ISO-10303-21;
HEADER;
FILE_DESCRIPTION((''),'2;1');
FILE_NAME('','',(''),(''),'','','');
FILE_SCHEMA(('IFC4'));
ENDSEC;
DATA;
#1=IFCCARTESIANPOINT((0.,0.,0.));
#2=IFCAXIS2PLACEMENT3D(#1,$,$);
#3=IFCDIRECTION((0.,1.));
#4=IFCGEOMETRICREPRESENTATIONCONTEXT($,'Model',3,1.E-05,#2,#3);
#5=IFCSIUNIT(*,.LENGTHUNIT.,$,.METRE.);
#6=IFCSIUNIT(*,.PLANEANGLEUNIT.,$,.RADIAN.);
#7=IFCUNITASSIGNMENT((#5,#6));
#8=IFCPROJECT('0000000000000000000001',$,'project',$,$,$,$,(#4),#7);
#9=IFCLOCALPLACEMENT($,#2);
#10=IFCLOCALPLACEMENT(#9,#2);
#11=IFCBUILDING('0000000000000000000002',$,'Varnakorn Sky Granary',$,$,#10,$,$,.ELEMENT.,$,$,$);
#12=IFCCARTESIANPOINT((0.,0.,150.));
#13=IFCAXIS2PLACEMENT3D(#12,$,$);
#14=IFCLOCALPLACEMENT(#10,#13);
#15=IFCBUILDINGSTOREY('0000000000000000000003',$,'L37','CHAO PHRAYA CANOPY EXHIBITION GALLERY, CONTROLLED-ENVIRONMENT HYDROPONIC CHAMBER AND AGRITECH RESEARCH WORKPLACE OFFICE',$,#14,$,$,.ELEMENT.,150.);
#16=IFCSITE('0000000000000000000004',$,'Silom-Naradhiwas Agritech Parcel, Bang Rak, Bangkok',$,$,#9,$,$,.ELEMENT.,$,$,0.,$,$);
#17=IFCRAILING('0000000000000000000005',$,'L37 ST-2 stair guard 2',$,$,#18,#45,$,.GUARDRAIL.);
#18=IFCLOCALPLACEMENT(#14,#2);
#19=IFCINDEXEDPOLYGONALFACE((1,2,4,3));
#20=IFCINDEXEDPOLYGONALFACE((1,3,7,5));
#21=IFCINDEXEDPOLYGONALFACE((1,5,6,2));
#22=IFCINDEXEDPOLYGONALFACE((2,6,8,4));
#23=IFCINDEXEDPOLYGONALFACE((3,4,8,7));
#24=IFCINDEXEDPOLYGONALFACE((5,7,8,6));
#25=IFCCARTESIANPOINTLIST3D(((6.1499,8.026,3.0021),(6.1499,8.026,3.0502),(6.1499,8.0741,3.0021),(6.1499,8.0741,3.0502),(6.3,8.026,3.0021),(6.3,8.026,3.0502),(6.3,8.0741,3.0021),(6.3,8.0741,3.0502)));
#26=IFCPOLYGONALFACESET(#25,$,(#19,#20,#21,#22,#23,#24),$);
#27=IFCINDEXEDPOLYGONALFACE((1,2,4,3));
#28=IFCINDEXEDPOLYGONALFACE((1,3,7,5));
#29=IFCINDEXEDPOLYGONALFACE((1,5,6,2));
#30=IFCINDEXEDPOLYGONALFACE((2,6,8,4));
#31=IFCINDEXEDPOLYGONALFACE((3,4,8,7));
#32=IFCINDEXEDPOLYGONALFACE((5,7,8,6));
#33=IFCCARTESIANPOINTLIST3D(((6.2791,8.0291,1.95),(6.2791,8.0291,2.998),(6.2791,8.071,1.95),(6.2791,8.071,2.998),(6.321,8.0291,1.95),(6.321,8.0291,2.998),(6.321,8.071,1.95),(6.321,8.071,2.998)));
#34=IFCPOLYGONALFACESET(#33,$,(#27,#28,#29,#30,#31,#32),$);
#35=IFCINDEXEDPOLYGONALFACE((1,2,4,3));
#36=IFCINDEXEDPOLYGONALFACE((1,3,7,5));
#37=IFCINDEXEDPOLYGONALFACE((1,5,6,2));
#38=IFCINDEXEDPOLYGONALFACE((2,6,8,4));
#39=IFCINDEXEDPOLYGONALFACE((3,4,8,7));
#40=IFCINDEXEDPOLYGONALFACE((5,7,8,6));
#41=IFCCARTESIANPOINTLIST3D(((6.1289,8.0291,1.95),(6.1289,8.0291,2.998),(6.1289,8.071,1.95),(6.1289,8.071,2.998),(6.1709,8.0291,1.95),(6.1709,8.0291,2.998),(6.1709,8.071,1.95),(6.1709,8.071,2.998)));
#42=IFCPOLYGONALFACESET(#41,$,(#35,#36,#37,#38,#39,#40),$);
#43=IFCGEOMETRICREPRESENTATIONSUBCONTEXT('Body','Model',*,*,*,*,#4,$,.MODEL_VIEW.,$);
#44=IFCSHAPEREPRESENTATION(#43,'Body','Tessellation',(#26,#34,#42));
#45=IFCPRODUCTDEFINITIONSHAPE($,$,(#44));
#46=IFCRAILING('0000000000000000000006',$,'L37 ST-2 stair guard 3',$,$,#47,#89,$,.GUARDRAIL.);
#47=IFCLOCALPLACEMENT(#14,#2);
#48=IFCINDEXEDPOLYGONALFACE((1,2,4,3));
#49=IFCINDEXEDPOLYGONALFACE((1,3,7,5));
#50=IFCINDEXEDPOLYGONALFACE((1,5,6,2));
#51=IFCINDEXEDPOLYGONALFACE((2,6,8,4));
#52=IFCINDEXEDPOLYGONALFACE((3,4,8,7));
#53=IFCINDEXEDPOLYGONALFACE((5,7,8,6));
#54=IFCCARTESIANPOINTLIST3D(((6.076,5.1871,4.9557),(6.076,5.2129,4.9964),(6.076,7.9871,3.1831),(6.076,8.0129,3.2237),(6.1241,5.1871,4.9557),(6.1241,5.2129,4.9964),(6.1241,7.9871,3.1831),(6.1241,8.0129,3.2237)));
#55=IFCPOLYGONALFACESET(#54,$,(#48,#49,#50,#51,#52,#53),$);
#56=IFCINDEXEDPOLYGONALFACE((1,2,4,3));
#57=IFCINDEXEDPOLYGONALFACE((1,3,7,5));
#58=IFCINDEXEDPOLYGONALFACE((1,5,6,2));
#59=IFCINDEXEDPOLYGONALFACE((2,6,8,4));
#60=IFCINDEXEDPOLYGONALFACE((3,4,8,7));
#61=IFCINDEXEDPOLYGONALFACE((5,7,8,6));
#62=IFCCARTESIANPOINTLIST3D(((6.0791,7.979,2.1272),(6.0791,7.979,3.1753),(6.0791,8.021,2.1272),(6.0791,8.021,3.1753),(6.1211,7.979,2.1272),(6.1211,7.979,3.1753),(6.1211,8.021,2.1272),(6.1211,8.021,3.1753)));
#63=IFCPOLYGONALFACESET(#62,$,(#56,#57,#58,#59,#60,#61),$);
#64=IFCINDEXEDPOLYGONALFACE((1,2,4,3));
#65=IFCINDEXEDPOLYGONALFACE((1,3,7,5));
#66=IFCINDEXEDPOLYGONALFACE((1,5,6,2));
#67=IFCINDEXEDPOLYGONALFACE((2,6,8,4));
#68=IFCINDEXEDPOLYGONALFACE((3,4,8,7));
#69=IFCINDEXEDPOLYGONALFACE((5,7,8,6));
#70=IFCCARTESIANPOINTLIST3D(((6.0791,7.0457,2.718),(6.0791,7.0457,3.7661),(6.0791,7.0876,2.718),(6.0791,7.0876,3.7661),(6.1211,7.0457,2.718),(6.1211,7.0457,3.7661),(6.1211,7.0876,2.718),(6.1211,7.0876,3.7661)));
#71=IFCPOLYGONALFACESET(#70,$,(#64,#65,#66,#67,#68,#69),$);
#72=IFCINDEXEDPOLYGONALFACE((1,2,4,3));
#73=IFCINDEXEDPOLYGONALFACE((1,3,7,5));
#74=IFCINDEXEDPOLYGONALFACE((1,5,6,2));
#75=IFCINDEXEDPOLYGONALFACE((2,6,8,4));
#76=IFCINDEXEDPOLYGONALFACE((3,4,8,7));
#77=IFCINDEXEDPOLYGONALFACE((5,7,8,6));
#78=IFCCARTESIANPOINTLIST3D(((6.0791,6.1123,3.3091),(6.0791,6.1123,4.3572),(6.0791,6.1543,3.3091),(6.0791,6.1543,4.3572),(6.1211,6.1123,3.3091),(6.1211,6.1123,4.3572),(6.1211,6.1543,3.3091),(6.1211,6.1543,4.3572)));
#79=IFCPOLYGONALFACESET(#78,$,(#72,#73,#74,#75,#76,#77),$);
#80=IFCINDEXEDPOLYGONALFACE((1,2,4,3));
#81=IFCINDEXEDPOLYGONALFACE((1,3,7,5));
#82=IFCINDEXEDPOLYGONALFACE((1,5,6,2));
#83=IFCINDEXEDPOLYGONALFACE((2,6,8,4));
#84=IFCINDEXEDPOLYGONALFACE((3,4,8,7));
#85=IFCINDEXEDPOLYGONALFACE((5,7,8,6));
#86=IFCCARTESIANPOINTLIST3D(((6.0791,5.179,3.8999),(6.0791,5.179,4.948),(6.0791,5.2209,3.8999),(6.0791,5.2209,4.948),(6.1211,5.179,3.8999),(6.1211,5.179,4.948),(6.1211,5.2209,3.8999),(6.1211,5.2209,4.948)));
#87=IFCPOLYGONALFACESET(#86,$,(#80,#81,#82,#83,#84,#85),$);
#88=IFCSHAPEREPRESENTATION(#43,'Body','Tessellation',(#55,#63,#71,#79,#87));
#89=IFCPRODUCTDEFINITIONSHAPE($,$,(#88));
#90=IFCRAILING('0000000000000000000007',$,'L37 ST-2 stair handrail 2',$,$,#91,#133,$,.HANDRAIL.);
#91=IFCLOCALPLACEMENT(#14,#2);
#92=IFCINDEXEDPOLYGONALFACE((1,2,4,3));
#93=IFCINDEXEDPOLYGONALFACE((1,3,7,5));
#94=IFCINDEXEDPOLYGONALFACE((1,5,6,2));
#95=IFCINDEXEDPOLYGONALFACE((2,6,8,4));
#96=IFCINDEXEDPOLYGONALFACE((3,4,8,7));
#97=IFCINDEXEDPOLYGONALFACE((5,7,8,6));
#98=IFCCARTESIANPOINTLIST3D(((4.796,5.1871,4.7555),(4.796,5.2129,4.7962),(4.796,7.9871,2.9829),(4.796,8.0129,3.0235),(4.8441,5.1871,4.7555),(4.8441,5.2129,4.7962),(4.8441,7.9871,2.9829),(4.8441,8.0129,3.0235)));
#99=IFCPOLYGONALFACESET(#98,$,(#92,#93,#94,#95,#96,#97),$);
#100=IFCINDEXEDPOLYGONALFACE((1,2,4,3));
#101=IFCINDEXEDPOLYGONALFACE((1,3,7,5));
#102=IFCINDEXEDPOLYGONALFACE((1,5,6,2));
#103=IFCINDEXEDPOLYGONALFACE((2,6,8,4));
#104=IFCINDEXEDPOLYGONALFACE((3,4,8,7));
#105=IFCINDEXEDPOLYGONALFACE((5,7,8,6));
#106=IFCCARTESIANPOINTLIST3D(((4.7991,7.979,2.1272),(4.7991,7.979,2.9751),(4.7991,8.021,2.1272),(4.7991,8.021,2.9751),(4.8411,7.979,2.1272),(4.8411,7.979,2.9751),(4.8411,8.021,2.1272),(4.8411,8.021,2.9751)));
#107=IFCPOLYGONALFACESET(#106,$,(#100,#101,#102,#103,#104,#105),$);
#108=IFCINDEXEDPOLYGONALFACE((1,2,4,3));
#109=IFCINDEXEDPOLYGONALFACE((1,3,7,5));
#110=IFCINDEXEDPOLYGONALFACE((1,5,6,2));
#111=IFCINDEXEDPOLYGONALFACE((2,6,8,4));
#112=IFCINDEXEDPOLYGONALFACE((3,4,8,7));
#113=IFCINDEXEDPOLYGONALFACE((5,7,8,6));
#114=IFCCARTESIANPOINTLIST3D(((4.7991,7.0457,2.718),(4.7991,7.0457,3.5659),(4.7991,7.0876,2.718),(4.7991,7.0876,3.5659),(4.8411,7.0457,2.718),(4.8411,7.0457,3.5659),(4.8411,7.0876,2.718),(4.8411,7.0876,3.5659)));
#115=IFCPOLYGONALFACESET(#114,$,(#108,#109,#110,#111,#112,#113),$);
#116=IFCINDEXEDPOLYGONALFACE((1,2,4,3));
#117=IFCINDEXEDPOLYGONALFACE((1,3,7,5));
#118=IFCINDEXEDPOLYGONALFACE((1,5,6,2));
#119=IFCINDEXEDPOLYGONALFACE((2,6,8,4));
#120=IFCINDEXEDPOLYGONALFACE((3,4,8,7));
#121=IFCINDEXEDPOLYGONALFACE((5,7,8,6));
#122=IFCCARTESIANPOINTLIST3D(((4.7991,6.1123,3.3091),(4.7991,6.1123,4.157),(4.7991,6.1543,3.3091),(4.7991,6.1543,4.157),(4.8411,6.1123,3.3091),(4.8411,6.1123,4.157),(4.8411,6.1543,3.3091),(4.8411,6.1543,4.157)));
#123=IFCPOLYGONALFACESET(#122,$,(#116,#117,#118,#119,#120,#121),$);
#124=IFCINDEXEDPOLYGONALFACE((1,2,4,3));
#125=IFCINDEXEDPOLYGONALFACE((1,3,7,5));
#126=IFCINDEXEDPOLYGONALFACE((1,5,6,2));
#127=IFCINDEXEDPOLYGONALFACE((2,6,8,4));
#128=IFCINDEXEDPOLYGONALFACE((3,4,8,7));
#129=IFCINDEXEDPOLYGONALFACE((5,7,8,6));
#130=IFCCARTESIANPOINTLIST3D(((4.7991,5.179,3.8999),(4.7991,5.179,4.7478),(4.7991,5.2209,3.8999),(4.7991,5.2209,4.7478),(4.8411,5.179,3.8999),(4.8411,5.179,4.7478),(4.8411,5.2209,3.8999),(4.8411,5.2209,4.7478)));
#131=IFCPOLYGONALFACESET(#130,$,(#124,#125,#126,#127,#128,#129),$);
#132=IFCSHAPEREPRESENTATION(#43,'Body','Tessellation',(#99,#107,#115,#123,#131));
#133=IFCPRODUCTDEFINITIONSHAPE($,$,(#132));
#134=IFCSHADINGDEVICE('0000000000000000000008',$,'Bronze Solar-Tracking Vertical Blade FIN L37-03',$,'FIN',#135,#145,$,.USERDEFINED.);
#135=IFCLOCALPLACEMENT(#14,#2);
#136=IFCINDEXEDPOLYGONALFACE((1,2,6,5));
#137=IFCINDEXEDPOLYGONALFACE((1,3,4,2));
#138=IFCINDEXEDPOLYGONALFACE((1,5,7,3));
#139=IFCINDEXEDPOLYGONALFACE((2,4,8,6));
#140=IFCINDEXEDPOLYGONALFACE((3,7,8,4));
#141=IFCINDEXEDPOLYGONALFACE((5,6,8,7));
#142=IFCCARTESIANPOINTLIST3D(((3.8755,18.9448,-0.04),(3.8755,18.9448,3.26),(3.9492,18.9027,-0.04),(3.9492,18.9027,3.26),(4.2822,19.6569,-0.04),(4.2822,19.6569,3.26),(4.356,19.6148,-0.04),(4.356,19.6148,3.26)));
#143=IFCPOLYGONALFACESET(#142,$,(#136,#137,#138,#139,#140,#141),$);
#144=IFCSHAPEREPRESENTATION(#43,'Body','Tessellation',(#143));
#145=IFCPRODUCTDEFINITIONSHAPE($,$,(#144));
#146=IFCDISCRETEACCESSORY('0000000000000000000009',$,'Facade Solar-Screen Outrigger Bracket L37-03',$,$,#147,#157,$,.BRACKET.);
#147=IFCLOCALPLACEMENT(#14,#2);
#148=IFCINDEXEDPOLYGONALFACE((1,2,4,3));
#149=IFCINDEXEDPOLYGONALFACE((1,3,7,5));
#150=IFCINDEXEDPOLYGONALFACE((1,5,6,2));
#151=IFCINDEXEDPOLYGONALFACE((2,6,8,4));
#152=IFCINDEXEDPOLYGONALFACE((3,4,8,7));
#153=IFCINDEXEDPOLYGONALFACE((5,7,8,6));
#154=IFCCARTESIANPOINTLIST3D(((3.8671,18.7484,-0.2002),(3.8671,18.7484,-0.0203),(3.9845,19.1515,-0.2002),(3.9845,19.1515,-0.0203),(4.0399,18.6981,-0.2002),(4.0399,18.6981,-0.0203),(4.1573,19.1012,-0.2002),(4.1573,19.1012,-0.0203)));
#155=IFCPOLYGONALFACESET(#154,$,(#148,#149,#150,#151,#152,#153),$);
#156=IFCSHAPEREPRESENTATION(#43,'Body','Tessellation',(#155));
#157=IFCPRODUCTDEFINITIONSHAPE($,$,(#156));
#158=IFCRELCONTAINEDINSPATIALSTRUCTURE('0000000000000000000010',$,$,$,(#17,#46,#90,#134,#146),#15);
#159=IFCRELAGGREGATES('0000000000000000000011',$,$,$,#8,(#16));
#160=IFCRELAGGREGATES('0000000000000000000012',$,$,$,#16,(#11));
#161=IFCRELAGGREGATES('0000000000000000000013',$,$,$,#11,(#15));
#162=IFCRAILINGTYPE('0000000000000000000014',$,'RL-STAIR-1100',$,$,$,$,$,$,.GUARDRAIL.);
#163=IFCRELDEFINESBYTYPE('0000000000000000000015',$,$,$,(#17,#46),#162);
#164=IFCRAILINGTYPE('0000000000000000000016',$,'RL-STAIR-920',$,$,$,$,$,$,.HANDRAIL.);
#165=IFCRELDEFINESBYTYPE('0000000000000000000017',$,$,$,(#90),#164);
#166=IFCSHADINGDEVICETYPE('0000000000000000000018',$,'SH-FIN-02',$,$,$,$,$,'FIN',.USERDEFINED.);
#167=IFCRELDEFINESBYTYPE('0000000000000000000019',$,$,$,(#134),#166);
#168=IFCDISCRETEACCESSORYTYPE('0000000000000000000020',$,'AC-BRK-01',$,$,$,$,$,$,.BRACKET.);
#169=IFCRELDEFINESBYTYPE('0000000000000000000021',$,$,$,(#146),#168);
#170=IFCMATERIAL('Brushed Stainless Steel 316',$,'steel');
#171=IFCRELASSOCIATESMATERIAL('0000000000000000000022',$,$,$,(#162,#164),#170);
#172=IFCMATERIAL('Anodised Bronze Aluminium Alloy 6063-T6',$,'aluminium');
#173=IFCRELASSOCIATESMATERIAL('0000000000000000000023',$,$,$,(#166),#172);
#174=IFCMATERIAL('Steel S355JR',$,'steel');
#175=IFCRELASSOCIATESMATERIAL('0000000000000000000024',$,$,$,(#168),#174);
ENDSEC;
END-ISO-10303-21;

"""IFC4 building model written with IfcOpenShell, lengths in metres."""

from ifc_helpers import new_model, si_unit, direction, frame, origin, origin_2d, place, context, subcontext, project, spatial, rectangle, extrude, source, transform, mapped, material, type_object, type_shapes, element, save


model = new_model("IFC4")

# Units and contexts
model_context = context("Model", 3, precision=1e-05, world=origin(), true_north=direction((0.0, 1.0)))
body_context = subcontext(model_context, "Body", "Model", "MODEL_VIEW")
ifc_project = project(units=[si_unit("LENGTHUNIT", "METRE"), si_unit("PLANEANGLEUNIT", "RADIAN")], contexts=[model_context])

# Site, building, storey
site_placement = place(None, origin())
site = spatial("IfcSite", under=ifc_project, at=site_placement, Name="Silom-Naradhiwas Agritech Parcel, Bang Rak, Bangkok", CompositionType="ELEMENT", RefElevation=0.0)
building_placement = place(site_placement, origin())
building = spatial("IfcBuilding", under=site, at=building_placement, Name="Varnakorn Sky Granary", CompositionType="ELEMENT")
storey_placement = place(building_placement, frame((0.0, 0.0, 150.0)))
storey = spatial("IfcBuildingStorey", under=building, at=storey_placement, Name="L37", Description="CHAO PHRAYA CANOPY EXHIBITION GALLERY, CONTROLLED-ENVIRONMENT HYDROPONIC CHAMBER AND AGRITECH RESEARCH WORKPLACE OFFICE", CompositionType="ELEMENT", Elevation=150.0)

# Shared definitions
ifc_material_1 = material(Name="Steel S355JR", Category="steel")

# Railings
ifc_material_2 = material(Name="Brushed Stainless Steel 316", Category="steel")
railing_type_1 = type_object("IfcRailingType", Name="RL-STAIR-1100", PredefinedType="GUARDRAIL", material=ifc_material_2)
for number, where, name in (
    (1, (6.3, 8.05, 1.95), "L37 ST-2 stair guard 2"),
):
    element("IfcRailing", number, at=place(storey_placement, frame(where)), inside=storey, type_object=railing_type_1, Name=name, PredefinedType="GUARDRAIL", context=body_context, shape_type="SweptSolid", body=[
        extrude(rectangle(XDim=0.0481, YDim=0.0481, at=origin_2d()), frame((0.0, 0.0, 1.0762), z_axis=(-1.0, 0.0, 0.0), x_axis=(0.0, -1.0, 0.0)), (0.0, 0.0, 1.0), 0.1501),
        extrude(rectangle(XDim=0.042, YDim=0.042, at=origin_2d()), origin(), (0.0, 0.0, 1.0), 1.0481),
        extrude(rectangle(XDim=0.042, YDim=0.042, at=origin_2d()), frame((-0.1501, 0.0, 0.0)), (0.0, 0.0, 1.0), 1.0481),
    ])
railing_1_placement = place(storey_placement, frame((6.1001, 8.0, 2.1272)))
element("IfcRailing", 2, at=railing_1_placement, inside=storey, type_object=railing_type_1, Name="L37 ST-2 stair guard 3", PredefinedType="GUARDRAIL", context=body_context, shape_type="SweptSolid", body=[
    extrude(rectangle(XDim=0.0481, YDim=0.0481, at=origin_2d()), frame((0.0, 0.0, 1.0762), z_axis=(0.0, -0.844909, 0.53491), x_axis=(1.0, 0.0, 0.0)), (0.0, 0.0, 1.0), 3.314),
    extrude(rectangle(XDim=0.042, YDim=0.042, at=origin_2d()), origin(), (0.0, 0.0, 1.0), 1.0481),
    extrude(rectangle(XDim=0.042, YDim=0.042, at=origin_2d()), frame((0.0, -0.9333, 0.5908)), (0.0, 0.0, 1.0), 1.0481),
    extrude(rectangle(XDim=0.042, YDim=0.042, at=origin_2d()), frame((0.0, -1.8667, 1.1819)), (0.0, 0.0, 1.0), 1.0481),
    extrude(rectangle(XDim=0.042, YDim=0.042, at=origin_2d()), frame((0.0, -2.8, 1.7727)), (0.0, 0.0, 1.0), 1.0481),
])
railing_type_2 = type_object("IfcRailingType", Name="RL-STAIR-920", PredefinedType="HANDRAIL", material=ifc_material_2)
railing_2_placement = place(storey_placement, frame((4.8201, 8.0, 2.1272)))
element("IfcRailing", 3, at=railing_2_placement, inside=storey, type_object=railing_type_2, Name="L37 ST-2 stair handrail 2", PredefinedType="HANDRAIL", context=body_context, shape_type="SweptSolid", body=[
    extrude(rectangle(XDim=0.0481, YDim=0.0481, at=origin_2d()), frame((0.0, 0.0, 0.876), z_axis=(0.0, -0.844909, 0.53491), x_axis=(1.0, 0.0, 0.0)), (0.0, 0.0, 1.0), 3.314),
    extrude(rectangle(XDim=0.042, YDim=0.042, at=origin_2d()), origin(), (0.0, 0.0, 1.0), 0.8479),
    extrude(rectangle(XDim=0.042, YDim=0.042, at=origin_2d()), frame((0.0, -0.9333, 0.5908)), (0.0, 0.0, 1.0), 0.8479),
    extrude(rectangle(XDim=0.042, YDim=0.042, at=origin_2d()), frame((0.0, -1.8667, 1.1819)), (0.0, 0.0, 1.0), 0.8479),
    extrude(rectangle(XDim=0.042, YDim=0.042, at=origin_2d()), frame((0.0, -2.8, 1.7727)), (0.0, 0.0, 1.0), 0.8479),
])

# Shading device
ifc_material_3 = material(Name="Anodised Bronze Aluminium Alloy 6063-T6", Category="aluminium")
shading_device_type = type_object("IfcShadingDeviceType", Name="SH-FIN-02", ElementType="FIN", PredefinedType="USERDEFINED", material=ifc_material_3)
shared_shape_1 = source(origin(), body_context, "Body", "SweptSolid", [
    extrude(rectangle(XDim=0.085, YDim=0.8201, at=origin_2d()), origin(), (0.0, 0.0, 1.0), 3.3),
])
type_shapes(shading_device_type, [shared_shape_1])
shading_device_placement = place(storey_placement, frame((4.1157, 19.2798, -0.04), z_axis=(0.0, 0.0, 1.0), x_axis=(-0.868313, 0.496017, 0.0)))
element("IfcShadingDevice", 4, at=shading_device_placement, inside=storey, type_object=shading_device_type, Name="Bronze Solar-Tracking Vertical Blade FIN L37-03", ObjectType="FIN", PredefinedType="USERDEFINED", context=body_context, shape_type="MappedRepresentation", body=[
    mapped(shared_shape_1, transform((0.0, 0.0, 0.0), x_axis=(1.0, 0.0, 0.0), y_axis=(0.0, 1.0, 0.0), z_axis=(0.0, 0.0, 1.0), scale=1.0)),
])

# Discrete accessory
discrete_accessory_type = type_object("IfcDiscreteAccessoryType", Name="AC-BRK-01", PredefinedType="BRACKET", material=ifc_material_1)
shared_shape_2 = source(origin(), body_context, "Body", "SweptSolid", [
    extrude(rectangle(XDim=0.1799, YDim=0.4199, at=origin_2d()), origin(), (0.0, 0.0, 1.0), 0.1799),
])
type_shapes(discrete_accessory_type, [shared_shape_2])
discrete_accessory_placement = place(storey_placement, frame((4.0122, 18.9248, -0.2002), z_axis=(0.0, 0.0, 1.0), x_axis=(-0.960102, 0.279652, 0.0)))
element("IfcDiscreteAccessory", 5, at=discrete_accessory_placement, inside=storey, type_object=discrete_accessory_type, Name="Facade Solar-Screen Outrigger Bracket L37-03", PredefinedType="BRACKET", context=body_context, shape_type="MappedRepresentation", body=[
    mapped(shared_shape_2, transform((0.0, 0.0, 0.0), x_axis=(1.0, 0.0, 0.0), y_axis=(0.0, 1.0, 0.0), z_axis=(0.0, 0.0, 1.0), scale=1.0)),
])

save(model, "model.ifc")
